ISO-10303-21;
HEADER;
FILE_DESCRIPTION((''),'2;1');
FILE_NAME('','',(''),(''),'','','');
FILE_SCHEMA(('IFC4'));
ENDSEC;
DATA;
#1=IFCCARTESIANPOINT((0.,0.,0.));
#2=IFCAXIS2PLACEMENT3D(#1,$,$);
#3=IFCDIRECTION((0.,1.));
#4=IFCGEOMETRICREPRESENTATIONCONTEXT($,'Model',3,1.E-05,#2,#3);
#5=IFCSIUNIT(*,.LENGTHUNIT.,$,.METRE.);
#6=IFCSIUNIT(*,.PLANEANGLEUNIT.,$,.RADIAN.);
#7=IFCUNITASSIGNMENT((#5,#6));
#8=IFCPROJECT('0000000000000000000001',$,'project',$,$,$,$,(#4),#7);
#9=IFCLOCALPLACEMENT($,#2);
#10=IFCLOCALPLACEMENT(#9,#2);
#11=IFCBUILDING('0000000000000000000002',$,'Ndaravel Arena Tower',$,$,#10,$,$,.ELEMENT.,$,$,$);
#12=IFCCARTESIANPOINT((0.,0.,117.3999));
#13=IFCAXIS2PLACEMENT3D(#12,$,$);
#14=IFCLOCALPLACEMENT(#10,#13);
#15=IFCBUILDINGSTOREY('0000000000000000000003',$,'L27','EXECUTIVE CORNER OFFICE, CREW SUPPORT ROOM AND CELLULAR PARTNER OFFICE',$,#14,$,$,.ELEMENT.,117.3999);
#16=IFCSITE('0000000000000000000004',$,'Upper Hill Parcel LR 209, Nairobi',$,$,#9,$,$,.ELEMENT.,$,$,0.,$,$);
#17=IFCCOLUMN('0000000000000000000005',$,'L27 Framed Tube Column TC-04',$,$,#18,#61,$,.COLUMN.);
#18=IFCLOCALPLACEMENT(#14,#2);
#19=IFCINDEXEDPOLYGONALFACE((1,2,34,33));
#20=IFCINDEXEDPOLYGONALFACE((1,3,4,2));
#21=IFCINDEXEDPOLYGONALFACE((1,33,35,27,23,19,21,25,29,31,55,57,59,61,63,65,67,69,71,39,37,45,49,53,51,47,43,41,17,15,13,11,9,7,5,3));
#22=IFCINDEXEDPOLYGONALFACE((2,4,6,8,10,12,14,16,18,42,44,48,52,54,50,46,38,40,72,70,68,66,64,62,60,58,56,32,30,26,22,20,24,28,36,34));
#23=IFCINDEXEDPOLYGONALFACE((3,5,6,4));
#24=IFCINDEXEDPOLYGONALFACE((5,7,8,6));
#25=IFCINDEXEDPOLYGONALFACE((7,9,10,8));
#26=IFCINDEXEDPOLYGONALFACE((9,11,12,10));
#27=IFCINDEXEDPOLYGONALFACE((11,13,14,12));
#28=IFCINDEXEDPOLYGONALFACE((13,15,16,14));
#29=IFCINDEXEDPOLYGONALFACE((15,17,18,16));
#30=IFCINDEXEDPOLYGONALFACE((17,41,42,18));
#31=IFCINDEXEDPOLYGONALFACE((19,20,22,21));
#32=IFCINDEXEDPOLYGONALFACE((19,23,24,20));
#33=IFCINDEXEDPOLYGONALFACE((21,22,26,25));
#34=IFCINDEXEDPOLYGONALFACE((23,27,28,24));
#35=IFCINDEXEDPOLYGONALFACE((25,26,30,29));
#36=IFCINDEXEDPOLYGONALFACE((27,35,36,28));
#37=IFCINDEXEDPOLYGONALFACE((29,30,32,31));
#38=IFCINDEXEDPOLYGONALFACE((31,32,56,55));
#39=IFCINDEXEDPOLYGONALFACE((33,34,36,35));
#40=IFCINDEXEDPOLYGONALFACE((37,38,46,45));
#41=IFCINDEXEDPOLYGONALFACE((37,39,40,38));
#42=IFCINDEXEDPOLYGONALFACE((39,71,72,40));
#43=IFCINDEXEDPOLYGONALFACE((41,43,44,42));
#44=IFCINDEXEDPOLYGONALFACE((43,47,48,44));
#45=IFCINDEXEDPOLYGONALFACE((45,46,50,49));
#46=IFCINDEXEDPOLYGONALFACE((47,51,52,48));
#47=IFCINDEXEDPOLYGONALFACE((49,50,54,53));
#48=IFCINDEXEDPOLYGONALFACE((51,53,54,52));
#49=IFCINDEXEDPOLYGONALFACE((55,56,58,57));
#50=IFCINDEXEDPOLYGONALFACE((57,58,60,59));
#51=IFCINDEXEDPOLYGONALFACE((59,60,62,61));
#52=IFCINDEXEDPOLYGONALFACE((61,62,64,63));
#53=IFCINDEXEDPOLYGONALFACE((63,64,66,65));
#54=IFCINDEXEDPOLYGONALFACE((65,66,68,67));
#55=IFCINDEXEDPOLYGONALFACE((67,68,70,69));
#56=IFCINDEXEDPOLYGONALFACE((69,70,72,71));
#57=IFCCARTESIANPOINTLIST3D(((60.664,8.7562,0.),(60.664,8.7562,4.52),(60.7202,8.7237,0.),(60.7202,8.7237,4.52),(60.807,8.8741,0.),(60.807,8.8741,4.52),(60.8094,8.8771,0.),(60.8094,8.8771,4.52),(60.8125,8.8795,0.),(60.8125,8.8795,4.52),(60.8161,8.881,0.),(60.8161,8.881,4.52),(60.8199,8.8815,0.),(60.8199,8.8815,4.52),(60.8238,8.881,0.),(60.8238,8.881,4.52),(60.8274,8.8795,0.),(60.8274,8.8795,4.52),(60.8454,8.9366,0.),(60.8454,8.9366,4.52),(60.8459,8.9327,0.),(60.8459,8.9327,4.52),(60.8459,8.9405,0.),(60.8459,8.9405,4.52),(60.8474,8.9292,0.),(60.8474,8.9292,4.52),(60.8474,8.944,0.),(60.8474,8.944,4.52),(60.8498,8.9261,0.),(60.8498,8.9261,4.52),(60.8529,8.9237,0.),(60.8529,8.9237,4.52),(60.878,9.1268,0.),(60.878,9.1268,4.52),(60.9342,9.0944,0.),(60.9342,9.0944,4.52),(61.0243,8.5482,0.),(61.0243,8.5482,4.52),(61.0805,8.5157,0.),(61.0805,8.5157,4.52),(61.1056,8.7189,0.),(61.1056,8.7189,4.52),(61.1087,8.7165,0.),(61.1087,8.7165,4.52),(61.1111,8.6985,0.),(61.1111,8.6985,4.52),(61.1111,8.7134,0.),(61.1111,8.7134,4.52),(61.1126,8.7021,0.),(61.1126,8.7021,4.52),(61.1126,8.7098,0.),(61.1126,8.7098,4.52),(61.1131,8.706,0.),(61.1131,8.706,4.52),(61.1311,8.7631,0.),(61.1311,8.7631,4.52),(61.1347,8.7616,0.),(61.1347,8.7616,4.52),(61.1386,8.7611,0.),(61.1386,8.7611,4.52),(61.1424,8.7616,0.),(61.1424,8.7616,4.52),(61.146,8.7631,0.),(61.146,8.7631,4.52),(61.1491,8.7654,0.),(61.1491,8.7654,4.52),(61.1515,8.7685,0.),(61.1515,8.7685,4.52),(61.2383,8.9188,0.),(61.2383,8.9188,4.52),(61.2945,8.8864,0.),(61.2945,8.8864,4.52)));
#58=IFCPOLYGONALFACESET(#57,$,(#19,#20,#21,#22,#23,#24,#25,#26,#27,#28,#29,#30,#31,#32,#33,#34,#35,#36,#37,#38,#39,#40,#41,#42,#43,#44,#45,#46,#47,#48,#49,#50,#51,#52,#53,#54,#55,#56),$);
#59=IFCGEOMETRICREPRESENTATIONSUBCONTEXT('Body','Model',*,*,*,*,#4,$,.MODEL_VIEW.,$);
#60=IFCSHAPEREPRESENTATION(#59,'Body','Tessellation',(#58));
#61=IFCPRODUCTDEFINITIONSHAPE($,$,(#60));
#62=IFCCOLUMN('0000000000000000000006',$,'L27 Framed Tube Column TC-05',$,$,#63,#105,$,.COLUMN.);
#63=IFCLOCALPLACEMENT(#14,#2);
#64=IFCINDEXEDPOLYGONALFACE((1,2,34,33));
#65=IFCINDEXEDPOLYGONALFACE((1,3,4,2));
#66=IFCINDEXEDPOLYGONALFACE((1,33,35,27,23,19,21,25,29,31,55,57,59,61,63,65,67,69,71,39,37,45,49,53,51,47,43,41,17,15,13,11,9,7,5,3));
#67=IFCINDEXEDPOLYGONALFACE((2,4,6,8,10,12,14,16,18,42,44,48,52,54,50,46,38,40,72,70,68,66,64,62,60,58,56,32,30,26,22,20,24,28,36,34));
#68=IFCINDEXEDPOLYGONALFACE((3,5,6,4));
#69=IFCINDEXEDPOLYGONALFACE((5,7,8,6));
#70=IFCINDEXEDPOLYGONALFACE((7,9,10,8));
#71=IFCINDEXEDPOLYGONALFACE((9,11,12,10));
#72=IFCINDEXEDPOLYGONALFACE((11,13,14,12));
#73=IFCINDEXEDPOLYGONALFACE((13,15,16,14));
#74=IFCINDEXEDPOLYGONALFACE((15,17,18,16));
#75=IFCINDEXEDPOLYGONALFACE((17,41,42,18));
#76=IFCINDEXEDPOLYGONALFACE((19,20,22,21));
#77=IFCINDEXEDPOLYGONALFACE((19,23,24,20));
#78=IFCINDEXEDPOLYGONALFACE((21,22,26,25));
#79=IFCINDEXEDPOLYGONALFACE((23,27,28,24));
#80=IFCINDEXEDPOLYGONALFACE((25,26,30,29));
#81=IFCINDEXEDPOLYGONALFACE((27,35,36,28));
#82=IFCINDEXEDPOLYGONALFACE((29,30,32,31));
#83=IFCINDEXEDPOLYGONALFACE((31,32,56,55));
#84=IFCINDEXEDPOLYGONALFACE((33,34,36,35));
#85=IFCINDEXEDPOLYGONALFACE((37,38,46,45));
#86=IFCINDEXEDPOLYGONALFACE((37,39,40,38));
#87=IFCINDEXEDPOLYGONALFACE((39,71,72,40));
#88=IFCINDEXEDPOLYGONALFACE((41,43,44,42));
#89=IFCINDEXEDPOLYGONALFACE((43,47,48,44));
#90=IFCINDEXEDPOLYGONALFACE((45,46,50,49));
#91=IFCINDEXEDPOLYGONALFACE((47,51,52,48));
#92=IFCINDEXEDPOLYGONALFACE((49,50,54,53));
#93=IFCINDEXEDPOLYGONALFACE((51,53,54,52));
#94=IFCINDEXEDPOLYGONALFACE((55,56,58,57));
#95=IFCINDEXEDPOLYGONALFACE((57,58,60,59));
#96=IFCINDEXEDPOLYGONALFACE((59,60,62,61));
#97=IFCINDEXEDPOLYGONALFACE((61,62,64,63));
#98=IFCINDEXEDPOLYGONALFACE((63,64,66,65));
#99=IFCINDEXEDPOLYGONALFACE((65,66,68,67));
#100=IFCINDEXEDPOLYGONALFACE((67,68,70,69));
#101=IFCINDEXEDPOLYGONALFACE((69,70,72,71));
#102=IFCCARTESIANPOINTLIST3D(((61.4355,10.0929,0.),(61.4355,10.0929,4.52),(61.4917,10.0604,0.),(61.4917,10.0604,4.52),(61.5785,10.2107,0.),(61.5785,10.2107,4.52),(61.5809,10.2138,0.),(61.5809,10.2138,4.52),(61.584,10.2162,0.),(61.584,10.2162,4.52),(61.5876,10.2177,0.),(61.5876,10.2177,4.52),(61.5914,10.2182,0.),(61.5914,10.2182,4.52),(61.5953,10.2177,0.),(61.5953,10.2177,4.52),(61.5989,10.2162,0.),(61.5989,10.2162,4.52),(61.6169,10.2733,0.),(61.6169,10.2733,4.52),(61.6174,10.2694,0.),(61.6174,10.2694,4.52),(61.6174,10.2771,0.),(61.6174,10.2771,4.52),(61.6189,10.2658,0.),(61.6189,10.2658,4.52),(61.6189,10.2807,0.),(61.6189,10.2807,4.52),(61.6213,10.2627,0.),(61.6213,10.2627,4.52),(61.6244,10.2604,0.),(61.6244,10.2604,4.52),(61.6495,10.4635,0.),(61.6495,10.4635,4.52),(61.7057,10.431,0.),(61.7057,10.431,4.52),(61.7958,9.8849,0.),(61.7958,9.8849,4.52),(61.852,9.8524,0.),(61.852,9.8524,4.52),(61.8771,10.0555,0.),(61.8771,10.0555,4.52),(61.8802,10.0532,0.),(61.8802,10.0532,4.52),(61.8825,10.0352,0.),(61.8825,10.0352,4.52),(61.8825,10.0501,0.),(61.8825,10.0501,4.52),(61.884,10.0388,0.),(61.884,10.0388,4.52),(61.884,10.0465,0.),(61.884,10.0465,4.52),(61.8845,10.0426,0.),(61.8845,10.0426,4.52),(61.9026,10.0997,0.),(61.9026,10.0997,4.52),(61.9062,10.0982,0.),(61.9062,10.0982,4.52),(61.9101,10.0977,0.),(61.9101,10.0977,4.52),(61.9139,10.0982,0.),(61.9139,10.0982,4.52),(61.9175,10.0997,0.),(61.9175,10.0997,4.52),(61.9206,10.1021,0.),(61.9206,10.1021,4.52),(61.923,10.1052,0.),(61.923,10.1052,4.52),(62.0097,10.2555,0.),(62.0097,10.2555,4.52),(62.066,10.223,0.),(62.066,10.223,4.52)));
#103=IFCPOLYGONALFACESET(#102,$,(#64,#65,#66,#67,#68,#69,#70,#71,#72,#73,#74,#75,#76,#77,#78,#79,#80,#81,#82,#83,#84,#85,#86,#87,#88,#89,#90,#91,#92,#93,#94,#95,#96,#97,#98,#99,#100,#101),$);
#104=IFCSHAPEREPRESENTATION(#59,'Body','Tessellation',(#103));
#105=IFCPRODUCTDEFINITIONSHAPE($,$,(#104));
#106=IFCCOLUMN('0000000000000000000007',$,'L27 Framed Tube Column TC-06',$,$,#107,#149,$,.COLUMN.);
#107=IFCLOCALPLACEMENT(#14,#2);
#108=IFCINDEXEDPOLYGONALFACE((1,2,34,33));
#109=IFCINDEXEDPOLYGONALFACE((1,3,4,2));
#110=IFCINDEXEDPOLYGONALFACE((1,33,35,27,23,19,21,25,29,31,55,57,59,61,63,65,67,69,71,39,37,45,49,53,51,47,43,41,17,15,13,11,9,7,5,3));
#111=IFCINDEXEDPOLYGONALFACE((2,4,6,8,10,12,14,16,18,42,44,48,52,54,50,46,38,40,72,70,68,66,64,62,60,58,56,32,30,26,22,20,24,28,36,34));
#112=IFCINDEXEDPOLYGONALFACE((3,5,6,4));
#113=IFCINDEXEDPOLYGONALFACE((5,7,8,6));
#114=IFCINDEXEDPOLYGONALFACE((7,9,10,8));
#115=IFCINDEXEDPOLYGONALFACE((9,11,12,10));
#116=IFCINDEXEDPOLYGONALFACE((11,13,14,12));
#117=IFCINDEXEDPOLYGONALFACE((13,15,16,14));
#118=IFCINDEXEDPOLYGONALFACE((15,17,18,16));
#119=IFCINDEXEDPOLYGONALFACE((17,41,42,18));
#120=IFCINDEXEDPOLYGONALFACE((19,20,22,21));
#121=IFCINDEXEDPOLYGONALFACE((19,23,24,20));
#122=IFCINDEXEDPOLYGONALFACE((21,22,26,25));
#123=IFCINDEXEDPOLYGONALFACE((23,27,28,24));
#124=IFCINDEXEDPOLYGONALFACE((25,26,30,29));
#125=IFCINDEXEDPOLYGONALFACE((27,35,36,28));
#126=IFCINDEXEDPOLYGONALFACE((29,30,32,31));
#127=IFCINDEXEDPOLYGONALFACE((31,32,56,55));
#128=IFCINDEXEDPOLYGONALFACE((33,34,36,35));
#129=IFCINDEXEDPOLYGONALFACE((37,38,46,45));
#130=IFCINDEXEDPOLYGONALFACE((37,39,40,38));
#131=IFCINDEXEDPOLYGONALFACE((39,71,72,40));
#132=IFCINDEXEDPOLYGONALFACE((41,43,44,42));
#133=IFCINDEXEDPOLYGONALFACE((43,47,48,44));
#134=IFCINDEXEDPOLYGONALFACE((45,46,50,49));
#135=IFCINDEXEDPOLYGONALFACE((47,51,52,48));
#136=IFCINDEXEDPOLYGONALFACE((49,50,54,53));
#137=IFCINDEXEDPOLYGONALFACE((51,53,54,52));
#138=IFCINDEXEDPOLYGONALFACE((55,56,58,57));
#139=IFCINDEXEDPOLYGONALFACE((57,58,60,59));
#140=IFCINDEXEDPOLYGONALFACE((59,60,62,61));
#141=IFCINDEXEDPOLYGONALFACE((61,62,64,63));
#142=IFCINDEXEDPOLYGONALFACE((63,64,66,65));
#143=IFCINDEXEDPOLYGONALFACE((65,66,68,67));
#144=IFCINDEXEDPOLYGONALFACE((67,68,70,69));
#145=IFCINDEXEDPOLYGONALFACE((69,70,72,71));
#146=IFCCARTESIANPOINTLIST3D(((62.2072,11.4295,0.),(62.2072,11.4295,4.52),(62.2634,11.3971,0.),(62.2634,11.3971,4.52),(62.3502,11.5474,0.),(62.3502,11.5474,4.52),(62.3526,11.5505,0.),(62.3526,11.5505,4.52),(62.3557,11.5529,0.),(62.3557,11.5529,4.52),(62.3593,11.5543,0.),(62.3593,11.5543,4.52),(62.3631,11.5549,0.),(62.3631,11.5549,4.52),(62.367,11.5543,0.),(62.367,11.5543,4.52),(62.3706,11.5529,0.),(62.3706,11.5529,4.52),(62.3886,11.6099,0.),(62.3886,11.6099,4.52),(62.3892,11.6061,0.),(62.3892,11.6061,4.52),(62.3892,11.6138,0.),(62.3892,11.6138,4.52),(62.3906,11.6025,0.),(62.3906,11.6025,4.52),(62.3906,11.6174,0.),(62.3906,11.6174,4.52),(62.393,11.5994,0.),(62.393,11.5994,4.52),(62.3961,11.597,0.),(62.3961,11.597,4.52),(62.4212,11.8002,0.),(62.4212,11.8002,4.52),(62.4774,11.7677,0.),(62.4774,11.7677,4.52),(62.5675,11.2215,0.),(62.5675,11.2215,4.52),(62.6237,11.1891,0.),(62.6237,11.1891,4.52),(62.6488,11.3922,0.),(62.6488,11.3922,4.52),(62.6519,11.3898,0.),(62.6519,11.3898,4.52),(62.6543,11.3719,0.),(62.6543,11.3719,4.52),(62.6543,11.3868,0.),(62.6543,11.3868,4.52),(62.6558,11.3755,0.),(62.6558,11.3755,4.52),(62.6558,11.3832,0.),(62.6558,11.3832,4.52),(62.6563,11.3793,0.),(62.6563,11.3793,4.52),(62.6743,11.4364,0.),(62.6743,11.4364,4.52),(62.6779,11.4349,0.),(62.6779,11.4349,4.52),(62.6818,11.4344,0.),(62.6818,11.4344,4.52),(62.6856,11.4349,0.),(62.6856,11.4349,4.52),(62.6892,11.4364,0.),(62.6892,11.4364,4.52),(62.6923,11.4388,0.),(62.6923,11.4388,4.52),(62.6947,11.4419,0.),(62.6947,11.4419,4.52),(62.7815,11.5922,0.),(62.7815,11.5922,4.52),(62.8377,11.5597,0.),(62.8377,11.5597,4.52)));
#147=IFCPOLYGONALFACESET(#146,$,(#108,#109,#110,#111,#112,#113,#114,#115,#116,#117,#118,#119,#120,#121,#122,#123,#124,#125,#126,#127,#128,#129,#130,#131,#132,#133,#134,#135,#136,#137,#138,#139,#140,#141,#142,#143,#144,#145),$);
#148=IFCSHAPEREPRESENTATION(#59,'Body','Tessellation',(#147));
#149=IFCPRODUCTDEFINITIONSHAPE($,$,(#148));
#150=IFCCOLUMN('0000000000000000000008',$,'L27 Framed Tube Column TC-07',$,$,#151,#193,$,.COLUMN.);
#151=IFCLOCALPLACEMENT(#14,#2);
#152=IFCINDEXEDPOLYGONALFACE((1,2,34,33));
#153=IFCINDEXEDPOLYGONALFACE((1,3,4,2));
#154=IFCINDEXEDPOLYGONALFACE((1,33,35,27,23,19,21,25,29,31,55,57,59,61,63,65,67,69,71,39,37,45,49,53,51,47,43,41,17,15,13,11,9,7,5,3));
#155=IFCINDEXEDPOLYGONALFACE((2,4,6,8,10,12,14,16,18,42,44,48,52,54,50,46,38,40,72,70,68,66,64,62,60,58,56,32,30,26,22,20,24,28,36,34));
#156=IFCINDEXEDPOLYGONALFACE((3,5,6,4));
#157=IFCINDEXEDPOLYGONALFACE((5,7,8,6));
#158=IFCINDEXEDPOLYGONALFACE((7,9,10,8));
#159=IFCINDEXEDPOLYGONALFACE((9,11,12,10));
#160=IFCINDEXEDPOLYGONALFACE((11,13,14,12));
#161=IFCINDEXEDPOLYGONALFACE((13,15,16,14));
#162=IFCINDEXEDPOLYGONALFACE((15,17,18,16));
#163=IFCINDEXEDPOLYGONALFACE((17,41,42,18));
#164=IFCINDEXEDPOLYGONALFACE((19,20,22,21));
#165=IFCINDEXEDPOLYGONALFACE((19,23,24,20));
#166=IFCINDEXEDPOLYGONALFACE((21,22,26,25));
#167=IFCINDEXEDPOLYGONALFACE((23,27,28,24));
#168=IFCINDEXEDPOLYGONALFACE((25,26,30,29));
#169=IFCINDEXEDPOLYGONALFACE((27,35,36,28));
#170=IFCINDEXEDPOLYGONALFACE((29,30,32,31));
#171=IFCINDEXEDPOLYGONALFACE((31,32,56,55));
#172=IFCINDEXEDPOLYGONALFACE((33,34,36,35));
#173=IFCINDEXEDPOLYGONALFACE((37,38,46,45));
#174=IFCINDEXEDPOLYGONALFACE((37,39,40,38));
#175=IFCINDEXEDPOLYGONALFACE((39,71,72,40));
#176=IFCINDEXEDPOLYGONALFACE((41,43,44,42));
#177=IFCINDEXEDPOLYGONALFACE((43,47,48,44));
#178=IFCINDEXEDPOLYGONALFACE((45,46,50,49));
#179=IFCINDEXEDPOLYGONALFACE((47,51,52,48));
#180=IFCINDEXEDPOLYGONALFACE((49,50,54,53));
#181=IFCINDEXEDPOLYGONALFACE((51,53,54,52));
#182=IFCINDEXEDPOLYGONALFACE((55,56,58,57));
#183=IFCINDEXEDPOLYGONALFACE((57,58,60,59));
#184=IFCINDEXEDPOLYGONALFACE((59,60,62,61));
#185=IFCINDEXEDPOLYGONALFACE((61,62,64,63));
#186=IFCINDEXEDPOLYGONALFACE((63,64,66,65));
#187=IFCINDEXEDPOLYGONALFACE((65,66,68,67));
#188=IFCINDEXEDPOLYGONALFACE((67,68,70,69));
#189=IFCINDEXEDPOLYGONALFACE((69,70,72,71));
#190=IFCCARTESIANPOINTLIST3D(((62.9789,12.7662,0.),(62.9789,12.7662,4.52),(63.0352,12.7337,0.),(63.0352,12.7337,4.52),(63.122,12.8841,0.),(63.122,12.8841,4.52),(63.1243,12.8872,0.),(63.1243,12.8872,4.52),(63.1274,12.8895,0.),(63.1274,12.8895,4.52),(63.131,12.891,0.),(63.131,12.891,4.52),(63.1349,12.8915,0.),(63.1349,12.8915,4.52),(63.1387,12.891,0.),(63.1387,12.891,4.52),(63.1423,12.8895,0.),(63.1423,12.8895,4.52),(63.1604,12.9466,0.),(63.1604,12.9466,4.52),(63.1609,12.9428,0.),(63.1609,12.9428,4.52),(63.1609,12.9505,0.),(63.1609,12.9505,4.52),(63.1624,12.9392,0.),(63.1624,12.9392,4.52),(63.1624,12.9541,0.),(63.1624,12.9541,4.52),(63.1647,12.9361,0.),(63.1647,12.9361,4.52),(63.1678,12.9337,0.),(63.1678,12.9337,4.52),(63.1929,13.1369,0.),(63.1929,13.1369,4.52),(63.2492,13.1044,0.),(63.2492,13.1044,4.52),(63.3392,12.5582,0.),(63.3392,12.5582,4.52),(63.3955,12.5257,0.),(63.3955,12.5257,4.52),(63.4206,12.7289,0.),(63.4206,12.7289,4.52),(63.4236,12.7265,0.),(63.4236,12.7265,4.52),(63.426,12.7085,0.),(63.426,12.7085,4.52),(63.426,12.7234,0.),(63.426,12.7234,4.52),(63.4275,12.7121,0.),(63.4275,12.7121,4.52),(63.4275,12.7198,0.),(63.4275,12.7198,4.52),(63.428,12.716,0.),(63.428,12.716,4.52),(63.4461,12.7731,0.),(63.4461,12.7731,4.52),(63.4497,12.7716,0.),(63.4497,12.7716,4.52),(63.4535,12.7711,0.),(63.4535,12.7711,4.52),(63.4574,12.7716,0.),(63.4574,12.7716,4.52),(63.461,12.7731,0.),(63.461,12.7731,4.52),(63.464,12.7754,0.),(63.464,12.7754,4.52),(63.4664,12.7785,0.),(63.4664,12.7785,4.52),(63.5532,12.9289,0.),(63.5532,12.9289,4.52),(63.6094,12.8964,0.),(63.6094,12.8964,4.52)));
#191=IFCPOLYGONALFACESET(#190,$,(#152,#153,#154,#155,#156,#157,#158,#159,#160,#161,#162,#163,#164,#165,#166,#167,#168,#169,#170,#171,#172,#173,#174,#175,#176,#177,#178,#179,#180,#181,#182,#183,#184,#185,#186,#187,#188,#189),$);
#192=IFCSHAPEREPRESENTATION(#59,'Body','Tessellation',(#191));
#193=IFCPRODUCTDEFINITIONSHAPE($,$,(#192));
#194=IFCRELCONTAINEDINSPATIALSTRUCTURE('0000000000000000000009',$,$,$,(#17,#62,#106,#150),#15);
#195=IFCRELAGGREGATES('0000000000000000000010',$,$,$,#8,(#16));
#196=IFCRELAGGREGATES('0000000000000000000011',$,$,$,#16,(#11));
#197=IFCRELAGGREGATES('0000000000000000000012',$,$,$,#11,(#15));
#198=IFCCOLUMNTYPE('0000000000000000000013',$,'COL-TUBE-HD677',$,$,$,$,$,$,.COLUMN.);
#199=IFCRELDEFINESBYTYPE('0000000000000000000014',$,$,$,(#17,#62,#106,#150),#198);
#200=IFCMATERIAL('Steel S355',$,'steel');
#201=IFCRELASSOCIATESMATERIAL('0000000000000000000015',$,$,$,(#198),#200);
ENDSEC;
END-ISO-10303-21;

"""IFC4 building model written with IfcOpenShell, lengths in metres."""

from ifc_helpers import new_model, si_unit, direction, frame, origin, origin_2d, place, context, subcontext, project, spatial, i_section, extrude, material, material_profile, profile_set, type_object, element, save


model = new_model("IFC4")

# Units and contexts
model_context = context("Model", 3, precision=1e-05, world=origin(), true_north=direction((0.0, 1.0)))
body_context = subcontext(model_context, "Body", "Model", "MODEL_VIEW")
ifc_project = project(units=[si_unit("LENGTHUNIT", "METRE"), si_unit("PLANEANGLEUNIT", "RADIAN")], contexts=[model_context])

# Site, building, storey
site_placement = place(None, origin())
site = spatial("IfcSite", under=ifc_project, at=site_placement, Name="Upper Hill Parcel LR 209, Nairobi", CompositionType="ELEMENT", RefElevation=0.0)
building_placement = place(site_placement, origin())
building = spatial("IfcBuilding", under=site, at=building_placement, Name="Ndaravel Arena Tower", CompositionType="ELEMENT")
storey_placement = place(building_placement, frame((0.0, 0.0, 117.3999)))
storey = spatial("IfcBuildingStorey", under=building, at=storey_placement, Name="L27", Description="EXECUTIVE CORNER OFFICE, CREW SUPPORT ROOM AND CELLULAR PARTNER OFFICE", CompositionType="ELEMENT", Elevation=117.3999)

# Columns
ifc_material_1 = material(Name="Steel S355", Category="steel")
ifc_material_profile_1 = material_profile(ifc_material_1, i_section(OverallWidth=0.428, OverallDepth=0.481, WebThickness=0.051, FlangeThickness=0.0649, FilletRadius=0.0149, at=origin_2d()), Name="HD 400x677")
ifc_profile_set_1 = profile_set([ifc_material_profile_1], Name="Steel S355")
column_type = type_object("IfcColumnType", Name="COL-TUBE-HD677", PredefinedType="COLUMN", material=ifc_profile_set_1)
for number, where, z_axis, x_axis, name in (
    (1, (60.9792, 8.8213, 0.0), (0.0, 0.0, 1.0), (0.5, 0.866025, 0.0), "L27 Framed Tube Column TC-04"),
    (2, (61.7507, 10.158, 0.0), (0.0, 0.0, 1.0), (0.5, 0.866025, 0.0), "L27 Framed Tube Column TC-05"),
    (3, (62.5225, 11.4946, 0.0), (0.0, 0.0, 1.0), (0.5, 0.866025, 0.0), "L27 Framed Tube Column TC-06"),
    (4, (63.2942, 12.8313, 0.0), (0.0, 0.0, 1.0), (0.5, 0.866025, 0.0), "L27 Framed Tube Column TC-07"),
):
    element("IfcColumn", number, at=place(storey_placement, frame(where, z_axis=z_axis, x_axis=x_axis)), inside=storey, type_object=column_type, Name=name, PredefinedType="COLUMN", context=body_context, shape_type="SweptSolid", body=[
        extrude(i_section(OverallWidth=0.428, OverallDepth=0.481, WebThickness=0.051, FlangeThickness=0.0649, FilletRadius=0.0149, at=origin_2d()), origin(), (0.0, 0.0, 1.0), 4.52),
    ])

save(model, "model.ifc")
